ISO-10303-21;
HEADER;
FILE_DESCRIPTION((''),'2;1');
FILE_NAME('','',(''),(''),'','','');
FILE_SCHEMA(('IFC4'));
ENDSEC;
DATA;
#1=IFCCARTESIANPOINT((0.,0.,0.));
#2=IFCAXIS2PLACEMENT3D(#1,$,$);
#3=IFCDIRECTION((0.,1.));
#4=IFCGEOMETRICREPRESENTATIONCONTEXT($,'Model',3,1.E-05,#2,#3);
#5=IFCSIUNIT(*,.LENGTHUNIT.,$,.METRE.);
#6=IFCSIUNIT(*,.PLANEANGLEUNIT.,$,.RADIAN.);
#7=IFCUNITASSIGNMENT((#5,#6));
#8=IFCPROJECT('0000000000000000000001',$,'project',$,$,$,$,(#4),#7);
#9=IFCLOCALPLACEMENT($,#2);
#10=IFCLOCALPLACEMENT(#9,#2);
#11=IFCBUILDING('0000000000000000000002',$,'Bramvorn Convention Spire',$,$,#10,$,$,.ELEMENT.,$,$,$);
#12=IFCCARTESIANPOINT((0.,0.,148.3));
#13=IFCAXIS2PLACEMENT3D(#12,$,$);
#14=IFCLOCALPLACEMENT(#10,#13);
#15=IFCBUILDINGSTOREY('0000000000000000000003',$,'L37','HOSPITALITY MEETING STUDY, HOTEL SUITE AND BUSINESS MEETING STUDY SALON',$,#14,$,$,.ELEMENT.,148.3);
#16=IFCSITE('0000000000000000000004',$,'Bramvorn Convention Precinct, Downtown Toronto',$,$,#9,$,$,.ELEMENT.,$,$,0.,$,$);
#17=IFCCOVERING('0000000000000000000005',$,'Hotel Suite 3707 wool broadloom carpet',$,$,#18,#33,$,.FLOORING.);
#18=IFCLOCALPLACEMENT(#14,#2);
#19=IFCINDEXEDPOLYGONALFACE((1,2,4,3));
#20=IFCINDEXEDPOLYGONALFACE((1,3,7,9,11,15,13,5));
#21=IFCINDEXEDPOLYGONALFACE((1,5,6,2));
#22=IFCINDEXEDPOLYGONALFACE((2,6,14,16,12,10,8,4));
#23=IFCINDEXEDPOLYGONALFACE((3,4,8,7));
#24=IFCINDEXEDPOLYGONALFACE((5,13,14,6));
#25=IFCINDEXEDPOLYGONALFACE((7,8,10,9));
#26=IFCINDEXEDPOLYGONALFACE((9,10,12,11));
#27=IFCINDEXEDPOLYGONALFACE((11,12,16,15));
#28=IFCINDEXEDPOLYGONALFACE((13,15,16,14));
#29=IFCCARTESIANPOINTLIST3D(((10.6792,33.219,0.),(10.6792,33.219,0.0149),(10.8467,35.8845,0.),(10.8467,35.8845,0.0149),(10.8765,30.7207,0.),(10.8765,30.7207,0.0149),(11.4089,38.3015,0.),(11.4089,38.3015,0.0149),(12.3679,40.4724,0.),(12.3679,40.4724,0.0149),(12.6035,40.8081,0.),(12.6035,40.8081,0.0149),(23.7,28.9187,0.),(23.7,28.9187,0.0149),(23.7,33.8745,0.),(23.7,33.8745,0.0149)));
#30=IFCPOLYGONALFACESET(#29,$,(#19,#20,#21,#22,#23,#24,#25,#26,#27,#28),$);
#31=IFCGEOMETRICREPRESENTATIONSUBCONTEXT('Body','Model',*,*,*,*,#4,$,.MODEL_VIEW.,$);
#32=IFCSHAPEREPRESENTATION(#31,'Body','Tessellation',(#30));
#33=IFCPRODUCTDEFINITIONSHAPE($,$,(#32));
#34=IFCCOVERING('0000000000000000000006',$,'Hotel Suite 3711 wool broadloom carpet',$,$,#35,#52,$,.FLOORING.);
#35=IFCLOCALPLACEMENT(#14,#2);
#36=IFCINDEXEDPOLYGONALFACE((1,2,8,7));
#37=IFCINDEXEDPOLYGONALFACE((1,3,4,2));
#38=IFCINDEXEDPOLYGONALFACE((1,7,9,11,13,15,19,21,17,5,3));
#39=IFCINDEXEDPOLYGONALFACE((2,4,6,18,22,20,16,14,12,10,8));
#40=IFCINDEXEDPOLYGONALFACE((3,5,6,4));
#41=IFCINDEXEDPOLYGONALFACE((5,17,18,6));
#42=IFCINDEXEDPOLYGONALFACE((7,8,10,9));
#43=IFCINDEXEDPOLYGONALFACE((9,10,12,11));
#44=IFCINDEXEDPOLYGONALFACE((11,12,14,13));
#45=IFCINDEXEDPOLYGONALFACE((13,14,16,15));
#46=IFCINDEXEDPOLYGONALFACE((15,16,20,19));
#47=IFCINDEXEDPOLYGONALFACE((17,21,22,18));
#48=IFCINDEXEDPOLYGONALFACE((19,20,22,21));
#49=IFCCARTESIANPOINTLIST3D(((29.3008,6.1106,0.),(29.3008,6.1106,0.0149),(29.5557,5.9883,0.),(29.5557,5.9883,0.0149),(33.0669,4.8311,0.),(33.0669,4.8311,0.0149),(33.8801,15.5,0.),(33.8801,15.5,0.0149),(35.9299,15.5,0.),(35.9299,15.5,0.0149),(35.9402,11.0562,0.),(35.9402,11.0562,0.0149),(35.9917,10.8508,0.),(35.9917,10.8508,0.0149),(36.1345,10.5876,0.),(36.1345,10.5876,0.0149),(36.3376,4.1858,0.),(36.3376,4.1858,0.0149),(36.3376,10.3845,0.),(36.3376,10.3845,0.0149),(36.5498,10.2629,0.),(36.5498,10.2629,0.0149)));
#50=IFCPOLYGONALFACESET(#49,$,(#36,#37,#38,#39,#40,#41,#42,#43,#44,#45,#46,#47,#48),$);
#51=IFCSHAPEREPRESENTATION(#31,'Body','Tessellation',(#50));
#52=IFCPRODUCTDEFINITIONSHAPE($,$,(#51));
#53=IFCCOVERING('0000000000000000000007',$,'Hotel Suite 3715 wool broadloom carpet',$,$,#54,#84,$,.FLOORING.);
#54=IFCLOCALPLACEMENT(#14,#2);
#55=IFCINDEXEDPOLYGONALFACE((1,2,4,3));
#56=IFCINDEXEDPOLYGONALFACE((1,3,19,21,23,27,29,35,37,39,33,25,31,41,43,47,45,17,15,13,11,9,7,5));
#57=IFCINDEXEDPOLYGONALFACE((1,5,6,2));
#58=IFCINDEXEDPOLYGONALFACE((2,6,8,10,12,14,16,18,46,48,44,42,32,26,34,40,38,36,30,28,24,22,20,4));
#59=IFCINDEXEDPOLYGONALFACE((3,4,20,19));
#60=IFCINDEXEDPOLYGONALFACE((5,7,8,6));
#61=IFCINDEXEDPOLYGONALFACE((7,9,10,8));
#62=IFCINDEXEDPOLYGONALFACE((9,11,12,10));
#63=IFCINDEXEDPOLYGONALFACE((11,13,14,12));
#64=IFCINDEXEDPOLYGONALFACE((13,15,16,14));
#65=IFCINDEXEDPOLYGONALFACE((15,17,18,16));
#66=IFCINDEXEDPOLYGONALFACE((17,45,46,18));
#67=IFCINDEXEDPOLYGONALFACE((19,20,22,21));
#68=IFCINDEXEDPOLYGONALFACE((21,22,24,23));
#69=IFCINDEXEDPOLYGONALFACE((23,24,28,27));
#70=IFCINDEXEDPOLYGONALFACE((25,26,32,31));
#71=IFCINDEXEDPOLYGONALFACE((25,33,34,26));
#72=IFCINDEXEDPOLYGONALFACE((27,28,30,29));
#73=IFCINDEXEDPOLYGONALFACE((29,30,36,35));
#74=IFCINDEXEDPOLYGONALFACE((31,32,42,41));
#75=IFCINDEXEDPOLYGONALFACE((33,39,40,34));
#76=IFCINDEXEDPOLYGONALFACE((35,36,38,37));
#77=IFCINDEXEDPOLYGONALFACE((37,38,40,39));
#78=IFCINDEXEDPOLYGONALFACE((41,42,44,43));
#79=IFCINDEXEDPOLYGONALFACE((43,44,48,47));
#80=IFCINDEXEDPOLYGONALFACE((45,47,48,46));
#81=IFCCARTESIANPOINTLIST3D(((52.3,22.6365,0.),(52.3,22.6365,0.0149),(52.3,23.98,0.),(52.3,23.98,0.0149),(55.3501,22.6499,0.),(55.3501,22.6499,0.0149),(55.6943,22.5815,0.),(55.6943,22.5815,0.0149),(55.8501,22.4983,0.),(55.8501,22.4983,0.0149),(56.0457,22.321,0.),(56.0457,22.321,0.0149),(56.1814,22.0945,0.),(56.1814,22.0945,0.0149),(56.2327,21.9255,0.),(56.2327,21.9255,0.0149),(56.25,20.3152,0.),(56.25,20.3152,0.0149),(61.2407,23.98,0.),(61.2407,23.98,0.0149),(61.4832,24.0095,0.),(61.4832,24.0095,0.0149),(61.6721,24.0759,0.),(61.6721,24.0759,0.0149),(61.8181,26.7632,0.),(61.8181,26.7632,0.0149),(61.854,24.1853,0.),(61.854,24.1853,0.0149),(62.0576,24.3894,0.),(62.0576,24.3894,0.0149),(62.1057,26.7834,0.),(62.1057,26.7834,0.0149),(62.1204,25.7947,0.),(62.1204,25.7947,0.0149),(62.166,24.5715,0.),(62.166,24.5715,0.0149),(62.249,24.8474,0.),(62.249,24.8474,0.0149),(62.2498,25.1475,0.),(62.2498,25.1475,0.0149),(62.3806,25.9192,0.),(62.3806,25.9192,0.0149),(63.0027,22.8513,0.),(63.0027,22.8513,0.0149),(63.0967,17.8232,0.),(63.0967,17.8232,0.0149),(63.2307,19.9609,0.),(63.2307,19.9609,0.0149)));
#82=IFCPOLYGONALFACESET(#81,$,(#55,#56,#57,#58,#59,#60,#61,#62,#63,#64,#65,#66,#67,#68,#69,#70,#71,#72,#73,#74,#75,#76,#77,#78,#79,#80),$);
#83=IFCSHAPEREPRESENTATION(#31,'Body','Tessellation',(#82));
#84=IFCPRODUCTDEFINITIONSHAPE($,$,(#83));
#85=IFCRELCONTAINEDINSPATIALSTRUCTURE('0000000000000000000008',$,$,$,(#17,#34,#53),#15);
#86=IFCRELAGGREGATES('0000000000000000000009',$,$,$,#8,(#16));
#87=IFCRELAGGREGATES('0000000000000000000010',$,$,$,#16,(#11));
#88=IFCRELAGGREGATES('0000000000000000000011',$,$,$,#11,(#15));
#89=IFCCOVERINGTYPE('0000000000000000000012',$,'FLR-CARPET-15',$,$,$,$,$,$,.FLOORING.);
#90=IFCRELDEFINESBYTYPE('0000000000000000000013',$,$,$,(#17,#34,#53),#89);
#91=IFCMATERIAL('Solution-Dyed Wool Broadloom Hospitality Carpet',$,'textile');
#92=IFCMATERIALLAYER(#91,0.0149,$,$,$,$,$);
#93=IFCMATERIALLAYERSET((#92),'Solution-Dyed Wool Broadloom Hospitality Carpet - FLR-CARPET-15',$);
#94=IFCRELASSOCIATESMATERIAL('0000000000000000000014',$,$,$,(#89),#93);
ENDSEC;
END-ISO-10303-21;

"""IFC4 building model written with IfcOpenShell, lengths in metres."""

from ifc_helpers import new_model, si_unit, direction, frame, origin, place, context, subcontext, project, spatial, polyline, outline, extrude, material, layer, layer_set, type_object, element, save


model = new_model("IFC4")

# Units and contexts
model_context = context("Model", 3, precision=1e-05, world=origin(), true_north=direction((0.0, 1.0)))
body_context = subcontext(model_context, "Body", "Model", "MODEL_VIEW")
ifc_project = project(units=[si_unit("LENGTHUNIT", "METRE"), si_unit("PLANEANGLEUNIT", "RADIAN")], contexts=[model_context])

# Site, building, storey
site_placement = place(None, origin())
site = spatial("IfcSite", under=ifc_project, at=site_placement, Name="Bramvorn Convention Precinct, Downtown Toronto", CompositionType="ELEMENT", RefElevation=0.0)
building_placement = place(site_placement, origin())
building = spatial("IfcBuilding", under=site, at=building_placement, Name="Bramvorn Convention Spire", CompositionType="ELEMENT")
storey_placement = place(building_placement, frame((0.0, 0.0, 148.3)))
storey = spatial("IfcBuildingStorey", under=building, at=storey_placement, Name="L37", Description="HOSPITALITY MEETING STUDY, HOTEL SUITE AND BUSINESS MEETING STUDY SALON", CompositionType="ELEMENT", Elevation=148.3)

# Coverings
ifc_material_1 = material(Name="Solution-Dyed Wool Broadloom Hospitality Carpet", Category="textile")
ifc_layer_1 = layer(ifc_material_1, 0.0149)
ifc_layer_set_1 = layer_set([ifc_layer_1], Name="Solution-Dyed Wool Broadloom Hospitality Carpet - FLR-CARPET-15")
covering_type = type_object("IfcCoveringType", Name="FLR-CARPET-15", PredefinedType="FLOORING", material=ifc_layer_set_1)
covering_1_placement = place(storey_placement, origin())
element("IfcCovering", 1, at=covering_1_placement, inside=storey, type_object=covering_type, Name="Hotel Suite 3707 wool broadloom carpet", PredefinedType="FLOORING", context=body_context, shape_type="SweptSolid", body=[
    extrude(outline(polyline([(10.8765, 30.7207), (23.7, 28.9187), (23.7, 33.8745), (12.6035, 40.8081), (12.3679, 40.4724), (11.4089, 38.3015), (10.8467, 35.8845), (10.6792, 33.219), (10.8765, 30.7207)])), origin(), (0.0, 0.0, 1.0), 0.0149),
])
covering_2_placement = place(storey_placement, origin())
element("IfcCovering", 2, at=covering_2_placement, inside=storey, type_object=covering_type, Name="Hotel Suite 3711 wool broadloom carpet", PredefinedType="FLOORING", context=body_context, shape_type="SweptSolid", body=[
    extrude(outline(polyline([(36.3376, 4.1858), (36.5498, 10.2629), (36.3376, 10.3845), (36.1345, 10.5876), (35.9917, 10.8508), (35.9402, 11.0562), (35.9299, 15.5), (33.8801, 15.5), (29.3008, 6.1106), (29.5557, 5.9883), (33.0669, 4.8311), (36.3376, 4.1858)])), origin(), (0.0, 0.0, 1.0), 0.0149),
])
covering_3_placement = place(storey_placement, origin())
element("IfcCovering", 3, at=covering_3_placement, inside=storey, type_object=covering_type, Name="Hotel Suite 3715 wool broadloom carpet", PredefinedType="FLOORING", context=body_context, shape_type="SweptSolid", body=[
    extrude(outline(polyline([(55.3501, 22.6499), (55.6943, 22.5815), (55.8501, 22.4983), (56.0457, 22.321), (56.1814, 22.0945), (56.2327, 21.9255), (56.25, 20.3152), (63.0967, 17.8232), (63.2307, 19.9609), (63.0027, 22.8513), (62.3806, 25.9192), (62.1057, 26.7834), (61.8181, 26.7632), (62.1204, 25.7947), (62.2498, 25.1475), (62.249, 24.8474), (62.166, 24.5715), (62.0576, 24.3894), (61.854, 24.1853), (61.6721, 24.0759), (61.4832, 24.0095), (61.2407, 23.98), (52.3, 23.98), (52.3, 22.6365), (55.3501, 22.6499)])), origin(), (0.0, 0.0, 1.0), 0.0149),
])

save(model, "model.ifc")
